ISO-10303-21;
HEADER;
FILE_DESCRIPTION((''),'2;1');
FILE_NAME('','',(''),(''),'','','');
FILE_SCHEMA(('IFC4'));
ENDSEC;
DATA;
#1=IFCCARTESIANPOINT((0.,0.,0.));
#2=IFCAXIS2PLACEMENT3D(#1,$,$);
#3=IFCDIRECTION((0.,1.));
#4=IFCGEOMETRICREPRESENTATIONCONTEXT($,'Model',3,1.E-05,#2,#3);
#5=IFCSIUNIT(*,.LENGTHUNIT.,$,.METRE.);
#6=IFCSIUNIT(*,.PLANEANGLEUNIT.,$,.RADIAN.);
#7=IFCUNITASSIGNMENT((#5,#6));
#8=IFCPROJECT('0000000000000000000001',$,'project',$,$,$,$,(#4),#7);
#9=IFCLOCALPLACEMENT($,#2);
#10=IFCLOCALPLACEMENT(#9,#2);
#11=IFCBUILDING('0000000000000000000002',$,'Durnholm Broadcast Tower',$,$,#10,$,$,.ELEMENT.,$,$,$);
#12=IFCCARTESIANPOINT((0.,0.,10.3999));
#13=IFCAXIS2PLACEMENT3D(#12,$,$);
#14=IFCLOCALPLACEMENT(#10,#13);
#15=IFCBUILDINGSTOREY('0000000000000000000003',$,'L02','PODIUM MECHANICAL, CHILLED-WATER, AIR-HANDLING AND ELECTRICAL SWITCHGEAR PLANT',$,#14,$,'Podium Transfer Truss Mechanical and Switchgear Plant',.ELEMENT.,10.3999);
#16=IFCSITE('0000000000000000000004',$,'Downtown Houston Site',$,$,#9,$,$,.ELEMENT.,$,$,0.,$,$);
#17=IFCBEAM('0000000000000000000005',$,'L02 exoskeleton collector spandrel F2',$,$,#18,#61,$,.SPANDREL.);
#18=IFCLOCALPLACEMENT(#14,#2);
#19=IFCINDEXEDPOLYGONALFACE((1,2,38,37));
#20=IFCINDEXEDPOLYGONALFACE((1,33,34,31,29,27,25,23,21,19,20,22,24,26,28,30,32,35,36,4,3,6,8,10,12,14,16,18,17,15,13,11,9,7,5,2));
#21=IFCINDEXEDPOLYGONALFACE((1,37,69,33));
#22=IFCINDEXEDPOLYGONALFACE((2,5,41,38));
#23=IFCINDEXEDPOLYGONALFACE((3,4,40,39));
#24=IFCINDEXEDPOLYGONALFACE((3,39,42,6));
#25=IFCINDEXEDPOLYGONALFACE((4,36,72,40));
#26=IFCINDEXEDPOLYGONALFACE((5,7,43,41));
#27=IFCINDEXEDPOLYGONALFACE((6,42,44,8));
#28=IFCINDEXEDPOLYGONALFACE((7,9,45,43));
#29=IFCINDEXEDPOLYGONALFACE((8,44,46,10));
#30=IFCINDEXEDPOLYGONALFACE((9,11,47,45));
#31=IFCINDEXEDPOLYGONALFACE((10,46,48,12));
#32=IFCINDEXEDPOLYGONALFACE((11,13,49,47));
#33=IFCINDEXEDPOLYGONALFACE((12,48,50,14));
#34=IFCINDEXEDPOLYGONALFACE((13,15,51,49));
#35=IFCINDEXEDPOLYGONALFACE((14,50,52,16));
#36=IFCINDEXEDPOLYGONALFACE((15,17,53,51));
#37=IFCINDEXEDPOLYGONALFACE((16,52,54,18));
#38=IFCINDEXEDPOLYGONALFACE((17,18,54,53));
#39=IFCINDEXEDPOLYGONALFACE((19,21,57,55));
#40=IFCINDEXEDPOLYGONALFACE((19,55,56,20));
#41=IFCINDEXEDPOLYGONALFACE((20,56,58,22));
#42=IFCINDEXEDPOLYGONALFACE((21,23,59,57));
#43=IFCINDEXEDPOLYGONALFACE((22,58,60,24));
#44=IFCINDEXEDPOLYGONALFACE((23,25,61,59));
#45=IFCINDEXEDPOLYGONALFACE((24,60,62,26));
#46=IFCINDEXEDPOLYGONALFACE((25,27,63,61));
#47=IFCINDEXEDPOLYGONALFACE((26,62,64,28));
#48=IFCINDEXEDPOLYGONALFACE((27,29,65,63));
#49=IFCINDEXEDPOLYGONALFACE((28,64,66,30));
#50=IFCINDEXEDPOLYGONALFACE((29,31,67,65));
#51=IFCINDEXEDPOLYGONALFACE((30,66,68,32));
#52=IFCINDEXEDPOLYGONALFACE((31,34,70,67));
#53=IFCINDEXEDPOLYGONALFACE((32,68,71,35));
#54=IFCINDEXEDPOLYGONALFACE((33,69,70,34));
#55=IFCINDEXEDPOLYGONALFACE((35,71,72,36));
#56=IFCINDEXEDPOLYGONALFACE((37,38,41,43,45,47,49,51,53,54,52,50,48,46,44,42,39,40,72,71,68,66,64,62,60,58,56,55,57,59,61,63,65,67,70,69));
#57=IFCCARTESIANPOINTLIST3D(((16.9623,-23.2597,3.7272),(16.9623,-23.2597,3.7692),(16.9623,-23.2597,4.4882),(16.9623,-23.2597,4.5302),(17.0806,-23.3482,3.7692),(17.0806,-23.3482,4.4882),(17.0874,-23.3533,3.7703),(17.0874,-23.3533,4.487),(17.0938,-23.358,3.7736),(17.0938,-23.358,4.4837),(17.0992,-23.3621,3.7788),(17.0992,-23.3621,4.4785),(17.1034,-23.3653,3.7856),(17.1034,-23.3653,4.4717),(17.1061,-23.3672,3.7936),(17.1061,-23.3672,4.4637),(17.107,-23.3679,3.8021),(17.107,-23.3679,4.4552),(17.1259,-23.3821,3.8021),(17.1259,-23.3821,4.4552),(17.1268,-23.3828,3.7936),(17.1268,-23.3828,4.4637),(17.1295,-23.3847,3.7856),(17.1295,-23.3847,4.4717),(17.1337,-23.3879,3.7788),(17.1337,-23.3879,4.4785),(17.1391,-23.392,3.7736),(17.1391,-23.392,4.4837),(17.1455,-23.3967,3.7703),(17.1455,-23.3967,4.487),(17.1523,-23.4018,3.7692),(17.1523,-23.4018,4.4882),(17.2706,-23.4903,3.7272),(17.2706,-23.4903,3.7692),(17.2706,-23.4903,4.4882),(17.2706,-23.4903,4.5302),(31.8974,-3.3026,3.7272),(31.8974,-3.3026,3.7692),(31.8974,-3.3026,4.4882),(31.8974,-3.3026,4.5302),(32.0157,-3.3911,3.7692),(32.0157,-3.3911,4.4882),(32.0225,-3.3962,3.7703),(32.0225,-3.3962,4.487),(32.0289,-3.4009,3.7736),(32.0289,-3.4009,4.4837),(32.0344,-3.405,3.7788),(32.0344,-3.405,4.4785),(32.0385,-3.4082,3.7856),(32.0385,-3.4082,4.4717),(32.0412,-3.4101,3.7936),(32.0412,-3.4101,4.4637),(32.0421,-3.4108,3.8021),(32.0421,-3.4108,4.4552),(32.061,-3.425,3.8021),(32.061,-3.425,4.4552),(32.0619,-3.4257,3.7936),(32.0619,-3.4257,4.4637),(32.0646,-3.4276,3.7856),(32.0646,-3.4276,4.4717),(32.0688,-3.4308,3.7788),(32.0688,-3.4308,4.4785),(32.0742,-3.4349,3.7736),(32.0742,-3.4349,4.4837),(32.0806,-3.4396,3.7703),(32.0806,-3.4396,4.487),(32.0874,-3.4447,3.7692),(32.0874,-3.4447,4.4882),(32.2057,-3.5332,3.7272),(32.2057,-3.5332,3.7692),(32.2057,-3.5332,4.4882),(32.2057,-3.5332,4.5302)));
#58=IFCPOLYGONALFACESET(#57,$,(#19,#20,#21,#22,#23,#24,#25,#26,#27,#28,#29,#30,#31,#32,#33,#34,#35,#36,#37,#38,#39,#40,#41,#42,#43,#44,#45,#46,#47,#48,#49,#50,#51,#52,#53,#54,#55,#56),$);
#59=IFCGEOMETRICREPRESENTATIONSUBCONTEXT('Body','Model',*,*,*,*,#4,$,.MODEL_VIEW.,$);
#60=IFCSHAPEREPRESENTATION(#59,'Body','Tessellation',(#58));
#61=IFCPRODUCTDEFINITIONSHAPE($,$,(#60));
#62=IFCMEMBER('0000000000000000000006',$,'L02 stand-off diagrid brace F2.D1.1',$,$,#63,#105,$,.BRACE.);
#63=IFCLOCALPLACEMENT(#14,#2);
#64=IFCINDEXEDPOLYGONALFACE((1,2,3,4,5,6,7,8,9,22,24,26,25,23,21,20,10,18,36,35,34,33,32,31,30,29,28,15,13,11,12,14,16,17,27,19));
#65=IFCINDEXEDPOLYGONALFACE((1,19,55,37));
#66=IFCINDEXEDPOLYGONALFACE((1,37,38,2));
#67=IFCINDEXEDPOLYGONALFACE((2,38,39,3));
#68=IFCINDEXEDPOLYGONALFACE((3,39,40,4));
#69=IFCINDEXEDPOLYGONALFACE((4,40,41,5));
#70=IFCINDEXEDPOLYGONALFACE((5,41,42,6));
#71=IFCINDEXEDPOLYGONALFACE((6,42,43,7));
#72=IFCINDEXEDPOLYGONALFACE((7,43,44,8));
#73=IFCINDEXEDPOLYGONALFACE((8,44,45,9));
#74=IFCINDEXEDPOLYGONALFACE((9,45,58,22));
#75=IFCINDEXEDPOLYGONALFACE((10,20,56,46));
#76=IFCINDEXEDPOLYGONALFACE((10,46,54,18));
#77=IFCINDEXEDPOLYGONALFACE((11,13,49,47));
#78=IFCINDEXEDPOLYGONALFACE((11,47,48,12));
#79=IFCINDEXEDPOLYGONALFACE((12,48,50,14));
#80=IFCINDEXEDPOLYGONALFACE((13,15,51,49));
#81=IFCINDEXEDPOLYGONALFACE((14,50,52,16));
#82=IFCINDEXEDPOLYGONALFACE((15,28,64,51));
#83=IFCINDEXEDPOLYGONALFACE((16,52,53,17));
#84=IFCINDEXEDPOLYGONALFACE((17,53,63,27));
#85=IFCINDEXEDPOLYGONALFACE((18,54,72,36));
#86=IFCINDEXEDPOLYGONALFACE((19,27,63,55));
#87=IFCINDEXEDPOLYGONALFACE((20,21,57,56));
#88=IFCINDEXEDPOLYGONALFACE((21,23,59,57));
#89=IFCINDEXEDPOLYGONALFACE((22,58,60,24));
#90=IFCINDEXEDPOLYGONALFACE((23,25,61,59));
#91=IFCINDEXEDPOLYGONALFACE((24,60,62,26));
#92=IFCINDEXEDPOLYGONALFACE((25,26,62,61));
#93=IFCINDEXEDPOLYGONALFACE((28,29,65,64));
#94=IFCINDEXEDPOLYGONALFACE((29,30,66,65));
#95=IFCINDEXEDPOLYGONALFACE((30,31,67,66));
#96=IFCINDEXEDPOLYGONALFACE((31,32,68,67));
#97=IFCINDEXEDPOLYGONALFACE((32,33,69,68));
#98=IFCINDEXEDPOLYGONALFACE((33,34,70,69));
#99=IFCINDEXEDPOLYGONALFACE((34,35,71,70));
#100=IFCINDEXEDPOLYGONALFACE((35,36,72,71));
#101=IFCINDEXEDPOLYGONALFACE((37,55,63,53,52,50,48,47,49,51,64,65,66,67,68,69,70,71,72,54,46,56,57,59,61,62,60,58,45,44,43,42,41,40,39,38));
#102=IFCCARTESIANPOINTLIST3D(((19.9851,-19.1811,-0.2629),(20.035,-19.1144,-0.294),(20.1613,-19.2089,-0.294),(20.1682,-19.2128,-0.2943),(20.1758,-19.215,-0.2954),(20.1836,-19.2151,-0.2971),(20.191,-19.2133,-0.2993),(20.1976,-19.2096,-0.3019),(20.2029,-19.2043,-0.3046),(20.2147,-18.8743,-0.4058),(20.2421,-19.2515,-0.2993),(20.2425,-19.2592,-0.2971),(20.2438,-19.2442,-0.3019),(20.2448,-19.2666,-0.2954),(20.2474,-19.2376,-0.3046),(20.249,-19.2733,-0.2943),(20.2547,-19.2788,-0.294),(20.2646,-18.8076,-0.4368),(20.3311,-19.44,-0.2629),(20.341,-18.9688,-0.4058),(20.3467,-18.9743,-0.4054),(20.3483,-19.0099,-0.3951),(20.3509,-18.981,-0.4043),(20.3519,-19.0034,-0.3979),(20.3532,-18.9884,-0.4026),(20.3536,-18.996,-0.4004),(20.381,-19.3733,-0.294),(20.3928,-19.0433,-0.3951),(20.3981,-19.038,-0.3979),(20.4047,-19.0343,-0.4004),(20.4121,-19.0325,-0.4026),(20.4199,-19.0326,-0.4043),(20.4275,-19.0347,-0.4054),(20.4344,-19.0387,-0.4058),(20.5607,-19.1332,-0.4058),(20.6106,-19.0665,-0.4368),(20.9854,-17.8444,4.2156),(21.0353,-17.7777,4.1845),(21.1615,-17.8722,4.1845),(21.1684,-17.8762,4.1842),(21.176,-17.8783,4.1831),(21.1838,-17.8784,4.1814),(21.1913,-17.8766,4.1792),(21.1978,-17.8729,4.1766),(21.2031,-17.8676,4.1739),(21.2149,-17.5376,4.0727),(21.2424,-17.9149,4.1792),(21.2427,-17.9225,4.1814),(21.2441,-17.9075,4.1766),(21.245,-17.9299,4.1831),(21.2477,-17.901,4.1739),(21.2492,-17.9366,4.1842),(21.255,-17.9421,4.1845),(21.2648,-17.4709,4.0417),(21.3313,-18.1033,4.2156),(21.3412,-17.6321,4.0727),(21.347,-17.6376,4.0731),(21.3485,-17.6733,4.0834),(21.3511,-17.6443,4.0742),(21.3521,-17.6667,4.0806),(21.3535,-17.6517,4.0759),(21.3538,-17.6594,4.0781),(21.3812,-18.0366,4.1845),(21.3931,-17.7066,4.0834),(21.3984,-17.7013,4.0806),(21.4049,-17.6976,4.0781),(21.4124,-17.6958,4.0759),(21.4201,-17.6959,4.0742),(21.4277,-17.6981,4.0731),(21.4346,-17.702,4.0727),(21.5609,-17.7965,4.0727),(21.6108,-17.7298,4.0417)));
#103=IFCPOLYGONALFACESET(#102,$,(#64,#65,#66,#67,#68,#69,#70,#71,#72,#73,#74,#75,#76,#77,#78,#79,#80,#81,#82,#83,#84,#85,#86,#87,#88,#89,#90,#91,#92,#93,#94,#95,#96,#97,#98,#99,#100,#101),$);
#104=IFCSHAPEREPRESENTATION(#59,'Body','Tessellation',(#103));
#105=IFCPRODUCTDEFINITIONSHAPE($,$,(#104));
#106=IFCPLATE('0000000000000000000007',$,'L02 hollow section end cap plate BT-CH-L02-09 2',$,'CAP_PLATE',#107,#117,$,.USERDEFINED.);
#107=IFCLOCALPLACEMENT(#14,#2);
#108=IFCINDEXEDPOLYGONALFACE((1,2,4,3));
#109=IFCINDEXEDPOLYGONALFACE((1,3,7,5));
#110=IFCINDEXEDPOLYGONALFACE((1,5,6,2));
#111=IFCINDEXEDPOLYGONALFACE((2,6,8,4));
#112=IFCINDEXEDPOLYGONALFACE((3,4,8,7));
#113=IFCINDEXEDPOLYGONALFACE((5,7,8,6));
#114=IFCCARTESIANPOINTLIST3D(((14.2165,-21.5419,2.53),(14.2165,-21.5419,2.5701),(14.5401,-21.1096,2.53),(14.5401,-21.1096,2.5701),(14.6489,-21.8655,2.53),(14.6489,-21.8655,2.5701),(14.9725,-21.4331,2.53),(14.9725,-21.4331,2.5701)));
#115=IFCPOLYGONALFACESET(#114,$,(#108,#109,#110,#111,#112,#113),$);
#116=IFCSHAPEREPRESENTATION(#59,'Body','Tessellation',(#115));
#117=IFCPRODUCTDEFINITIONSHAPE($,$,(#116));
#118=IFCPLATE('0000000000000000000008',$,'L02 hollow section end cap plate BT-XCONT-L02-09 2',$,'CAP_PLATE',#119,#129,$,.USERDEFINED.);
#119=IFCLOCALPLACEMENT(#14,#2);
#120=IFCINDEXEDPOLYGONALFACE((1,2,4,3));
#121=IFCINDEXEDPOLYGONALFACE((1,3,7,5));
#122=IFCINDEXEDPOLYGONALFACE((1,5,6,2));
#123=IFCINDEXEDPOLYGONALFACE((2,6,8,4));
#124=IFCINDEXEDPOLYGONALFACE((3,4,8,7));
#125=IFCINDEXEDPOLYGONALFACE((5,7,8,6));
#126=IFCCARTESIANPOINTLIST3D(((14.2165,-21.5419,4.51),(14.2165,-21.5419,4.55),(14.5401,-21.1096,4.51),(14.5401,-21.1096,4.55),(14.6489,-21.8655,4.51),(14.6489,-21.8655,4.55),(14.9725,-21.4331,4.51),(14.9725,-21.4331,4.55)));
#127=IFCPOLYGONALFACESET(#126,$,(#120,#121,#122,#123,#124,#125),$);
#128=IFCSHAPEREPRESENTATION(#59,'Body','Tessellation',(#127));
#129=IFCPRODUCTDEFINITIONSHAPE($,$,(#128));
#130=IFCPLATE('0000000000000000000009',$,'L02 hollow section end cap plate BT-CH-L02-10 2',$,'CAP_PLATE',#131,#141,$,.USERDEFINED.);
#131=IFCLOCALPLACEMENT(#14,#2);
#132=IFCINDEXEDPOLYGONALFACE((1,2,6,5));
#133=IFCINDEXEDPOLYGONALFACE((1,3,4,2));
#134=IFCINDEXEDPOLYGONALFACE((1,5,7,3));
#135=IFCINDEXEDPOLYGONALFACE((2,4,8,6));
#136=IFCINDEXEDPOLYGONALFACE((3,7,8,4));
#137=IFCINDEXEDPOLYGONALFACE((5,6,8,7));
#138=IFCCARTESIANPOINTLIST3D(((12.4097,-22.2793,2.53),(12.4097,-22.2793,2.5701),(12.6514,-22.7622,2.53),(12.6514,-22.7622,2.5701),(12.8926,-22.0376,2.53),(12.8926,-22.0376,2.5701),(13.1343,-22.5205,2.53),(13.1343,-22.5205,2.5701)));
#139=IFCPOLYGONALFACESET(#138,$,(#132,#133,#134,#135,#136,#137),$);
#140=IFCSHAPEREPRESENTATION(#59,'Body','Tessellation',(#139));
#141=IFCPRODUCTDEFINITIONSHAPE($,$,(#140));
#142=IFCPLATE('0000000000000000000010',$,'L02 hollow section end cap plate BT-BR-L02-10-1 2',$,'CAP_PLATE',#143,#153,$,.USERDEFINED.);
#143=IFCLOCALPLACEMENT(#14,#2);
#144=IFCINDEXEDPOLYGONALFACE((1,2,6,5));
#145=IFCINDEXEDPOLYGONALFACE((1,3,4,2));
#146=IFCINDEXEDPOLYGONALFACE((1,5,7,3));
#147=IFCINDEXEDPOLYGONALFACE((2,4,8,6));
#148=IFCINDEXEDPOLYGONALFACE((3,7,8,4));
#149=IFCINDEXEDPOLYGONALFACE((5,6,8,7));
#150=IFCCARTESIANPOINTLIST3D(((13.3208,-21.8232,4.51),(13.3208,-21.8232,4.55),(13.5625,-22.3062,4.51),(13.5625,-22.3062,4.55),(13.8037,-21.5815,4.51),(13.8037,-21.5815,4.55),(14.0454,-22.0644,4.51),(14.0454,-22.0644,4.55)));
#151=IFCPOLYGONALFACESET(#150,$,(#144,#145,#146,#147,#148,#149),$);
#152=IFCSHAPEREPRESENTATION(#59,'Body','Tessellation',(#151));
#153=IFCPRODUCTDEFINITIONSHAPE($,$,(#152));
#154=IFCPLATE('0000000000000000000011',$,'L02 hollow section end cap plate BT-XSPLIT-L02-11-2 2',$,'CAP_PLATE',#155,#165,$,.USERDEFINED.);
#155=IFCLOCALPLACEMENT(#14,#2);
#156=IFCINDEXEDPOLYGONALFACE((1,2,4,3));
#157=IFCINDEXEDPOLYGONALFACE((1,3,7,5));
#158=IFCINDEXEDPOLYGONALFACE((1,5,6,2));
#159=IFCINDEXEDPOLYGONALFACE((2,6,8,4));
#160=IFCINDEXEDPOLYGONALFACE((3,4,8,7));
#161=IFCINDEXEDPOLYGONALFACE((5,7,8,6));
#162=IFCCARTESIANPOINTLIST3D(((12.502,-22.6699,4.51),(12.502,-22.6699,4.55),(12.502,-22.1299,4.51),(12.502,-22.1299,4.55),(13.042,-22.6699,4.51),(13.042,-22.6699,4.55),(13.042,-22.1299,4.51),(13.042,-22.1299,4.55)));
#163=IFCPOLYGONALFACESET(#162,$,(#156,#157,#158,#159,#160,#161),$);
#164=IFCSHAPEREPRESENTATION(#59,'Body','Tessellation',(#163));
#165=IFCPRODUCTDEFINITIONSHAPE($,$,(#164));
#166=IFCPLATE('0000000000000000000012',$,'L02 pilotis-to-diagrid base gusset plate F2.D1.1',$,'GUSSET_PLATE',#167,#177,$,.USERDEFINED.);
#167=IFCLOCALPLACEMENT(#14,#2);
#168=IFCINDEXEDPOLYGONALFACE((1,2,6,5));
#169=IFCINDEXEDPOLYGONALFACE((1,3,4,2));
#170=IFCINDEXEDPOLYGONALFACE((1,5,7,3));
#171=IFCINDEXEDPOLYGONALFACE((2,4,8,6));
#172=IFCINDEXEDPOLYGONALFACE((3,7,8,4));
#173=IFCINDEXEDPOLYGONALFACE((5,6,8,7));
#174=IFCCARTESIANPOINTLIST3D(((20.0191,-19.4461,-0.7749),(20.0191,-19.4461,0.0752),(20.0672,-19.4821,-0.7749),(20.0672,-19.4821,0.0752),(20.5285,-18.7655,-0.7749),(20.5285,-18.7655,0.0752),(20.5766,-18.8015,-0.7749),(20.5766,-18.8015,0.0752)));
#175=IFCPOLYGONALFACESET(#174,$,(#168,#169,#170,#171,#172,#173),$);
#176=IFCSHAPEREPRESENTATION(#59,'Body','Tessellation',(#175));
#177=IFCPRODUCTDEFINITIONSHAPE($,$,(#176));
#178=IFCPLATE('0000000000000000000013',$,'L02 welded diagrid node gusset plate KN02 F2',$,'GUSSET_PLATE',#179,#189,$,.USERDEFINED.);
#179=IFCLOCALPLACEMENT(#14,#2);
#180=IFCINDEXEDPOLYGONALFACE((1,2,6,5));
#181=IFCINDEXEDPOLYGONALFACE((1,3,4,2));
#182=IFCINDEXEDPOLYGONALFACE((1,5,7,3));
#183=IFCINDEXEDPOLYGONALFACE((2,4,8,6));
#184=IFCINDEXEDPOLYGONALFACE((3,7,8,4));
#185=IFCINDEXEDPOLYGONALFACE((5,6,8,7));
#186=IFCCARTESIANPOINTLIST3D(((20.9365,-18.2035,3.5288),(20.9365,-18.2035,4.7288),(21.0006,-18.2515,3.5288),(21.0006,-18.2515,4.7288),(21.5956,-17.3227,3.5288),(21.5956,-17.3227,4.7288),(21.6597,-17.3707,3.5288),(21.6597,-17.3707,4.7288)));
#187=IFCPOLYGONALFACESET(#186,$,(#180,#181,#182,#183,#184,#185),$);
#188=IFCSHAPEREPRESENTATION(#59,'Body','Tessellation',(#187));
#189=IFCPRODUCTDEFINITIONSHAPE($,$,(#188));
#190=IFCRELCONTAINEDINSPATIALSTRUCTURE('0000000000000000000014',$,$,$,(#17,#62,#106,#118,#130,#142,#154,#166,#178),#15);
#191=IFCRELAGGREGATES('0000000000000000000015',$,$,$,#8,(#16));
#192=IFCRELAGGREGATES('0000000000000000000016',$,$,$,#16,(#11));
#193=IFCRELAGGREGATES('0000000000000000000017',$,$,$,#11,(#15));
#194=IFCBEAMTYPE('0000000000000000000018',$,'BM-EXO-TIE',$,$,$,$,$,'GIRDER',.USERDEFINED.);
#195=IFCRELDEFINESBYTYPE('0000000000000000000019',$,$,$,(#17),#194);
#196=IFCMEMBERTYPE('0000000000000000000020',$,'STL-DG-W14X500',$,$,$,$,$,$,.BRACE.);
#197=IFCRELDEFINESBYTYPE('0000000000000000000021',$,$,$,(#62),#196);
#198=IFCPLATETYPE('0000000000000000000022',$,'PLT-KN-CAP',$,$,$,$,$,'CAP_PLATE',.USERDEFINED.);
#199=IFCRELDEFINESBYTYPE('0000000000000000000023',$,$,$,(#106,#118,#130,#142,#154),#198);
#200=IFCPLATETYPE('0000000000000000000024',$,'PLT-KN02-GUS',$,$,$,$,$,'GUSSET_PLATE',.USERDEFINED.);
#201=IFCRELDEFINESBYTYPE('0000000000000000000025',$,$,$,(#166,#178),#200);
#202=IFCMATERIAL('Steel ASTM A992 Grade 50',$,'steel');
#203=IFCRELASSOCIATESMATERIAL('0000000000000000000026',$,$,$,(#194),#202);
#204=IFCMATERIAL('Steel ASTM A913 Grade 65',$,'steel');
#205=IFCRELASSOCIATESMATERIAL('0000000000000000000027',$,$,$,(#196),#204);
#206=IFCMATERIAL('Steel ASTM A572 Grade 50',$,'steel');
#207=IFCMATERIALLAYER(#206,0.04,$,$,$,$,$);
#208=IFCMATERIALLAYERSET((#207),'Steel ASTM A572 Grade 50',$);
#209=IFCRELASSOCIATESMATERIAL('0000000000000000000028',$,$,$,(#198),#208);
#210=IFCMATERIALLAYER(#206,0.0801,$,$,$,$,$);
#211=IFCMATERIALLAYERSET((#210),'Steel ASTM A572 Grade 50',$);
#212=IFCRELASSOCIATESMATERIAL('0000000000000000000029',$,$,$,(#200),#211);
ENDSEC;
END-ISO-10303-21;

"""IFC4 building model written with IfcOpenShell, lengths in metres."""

from ifc_helpers import new_model, si_unit, direction, frame, origin, origin_2d, place, context, subcontext, project, spatial, rectangle, i_section, extrude, source, transform, mapped, material, layer, layer_set, material_profile, profile_set, type_object, type_shapes, element, save


model = new_model("IFC4")

# Units and contexts
model_context = context("Model", 3, precision=1e-05, world=origin(), true_north=direction((0.0, 1.0)))
body_context = subcontext(model_context, "Body", "Model", "MODEL_VIEW")
ifc_project = project(units=[si_unit("LENGTHUNIT", "METRE"), si_unit("PLANEANGLEUNIT", "RADIAN")], contexts=[model_context])

# Site, building, storey
site_placement = place(None, origin())
site = spatial("IfcSite", under=ifc_project, at=site_placement, Name="Downtown Houston Site", CompositionType="ELEMENT", RefElevation=0.0)
building_placement = place(site_placement, origin())
building = spatial("IfcBuilding", under=site, at=building_placement, Name="Durnholm Broadcast Tower", CompositionType="ELEMENT")
storey_placement = place(building_placement, frame((0.0, 0.0, 10.3999)))
storey = spatial("IfcBuildingStorey", under=building, at=storey_placement, Name="L02", Description="PODIUM MECHANICAL, CHILLED-WATER, AIR-HANDLING AND ELECTRICAL SWITCHGEAR PLANT", LongName="Podium Transfer Truss Mechanical and Switchgear Plant", CompositionType="ELEMENT", Elevation=10.3999)

# Shared definitions
ifc_material_1 = material(Name="Steel ASTM A913 Grade 65", Category="steel")

# Shared definitions
ifc_material_2 = material(Name="Steel ASTM A992 Grade 50", Category="steel")

# Beam
ifc_material_profile_1 = material_profile(ifc_material_2, i_section(OverallWidth=0.385, OverallDepth=0.803, WebThickness=0.0237, FlangeThickness=0.042, FilletRadius=0.033, at=origin_2d()), Name="W30X261")
ifc_profile_set_1 = profile_set([ifc_material_profile_1], Name="Steel ASTM A992 Grade 50")
beam_type_1 = type_object("IfcBeamType", Name="BM-EXO-TIE", ElementType="GIRDER", PredefinedType="USERDEFINED", material=ifc_profile_set_1)
shared_shape_1 = source(origin(), body_context, "Body", "SweptSolid", [
    extrude(i_section(OverallWidth=0.385, OverallDepth=0.803, WebThickness=0.0237, FlangeThickness=0.042, FilletRadius=0.033, at=origin_2d()), origin(), (0.0, 0.0, 1.0), 24.9268),
])
beam_1_placement = place(storey_placement, frame((17.1165, -23.375, 4.1287), z_axis=(0.59916, 0.80063, 0.0), x_axis=(-0.80063, 0.59916, 0.0)))
element("IfcBeam", 1, at=beam_1_placement, inside=storey, type_object=beam_type_1, Name="L02 exoskeleton collector spandrel F2", PredefinedType="SPANDREL", context=body_context, shape_type="MappedRepresentation", body=[
    mapped(shared_shape_1, transform((0.0, 0.0, 0.0), x_axis=(1.0, 0.0, 0.0), y_axis=(0.0, 1.0, 0.0), z_axis=(0.0, 0.0, 1.0), scale=1.0)),
])

# Member
ifc_material_profile_2 = material_profile(ifc_material_1, i_section(OverallWidth=0.4321, OverallDepth=0.4978, WebThickness=0.0557, FlangeThickness=0.0889, FilletRadius=0.0305, at=origin_2d()), Name="W14X500")
ifc_profile_set_2 = profile_set([ifc_material_profile_2], Name="Steel ASTM A913 Grade 65")
member_type_1 = type_object("IfcMemberType", Name="STL-DG-W14X500", PredefinedType="BRACE", material=ifc_profile_set_2)
shared_shape_2 = source(origin(), body_context, "Body", "SweptSolid", [
    extrude(i_section(OverallWidth=0.4321, OverallDepth=0.4978, WebThickness=0.0557, FlangeThickness=0.0889, FilletRadius=0.0305, at=origin_2d()), origin(), (0.0, 0.0, 1.0), 4.7795),
])
type_shapes(member_type_1, [shared_shape_2])
member_1_placement = place(storey_placement, frame((20.2979, -19.1238, -0.3499), z_axis=(0.209275, 0.279663, 0.937013), x_axis=(-0.800649, 0.599134, 0.0)))
element("IfcMember", 2, at=member_1_placement, inside=storey, type_object=member_type_1, Name="L02 stand-off diagrid brace F2.D1.1", PredefinedType="BRACE", context=body_context, shape_type="MappedRepresentation", body=[
    mapped(shared_shape_2, transform((0.0, 0.0, 0.0), x_axis=(1.0, 0.0, 0.0), y_axis=(0.0, 1.0, 0.0), z_axis=(0.0, 0.0, 1.0), scale=1.0)),
])

# Plates
ifc_material_3 = material(Name="Steel ASTM A572 Grade 50", Category="steel")
ifc_layer_1 = layer(ifc_material_3, 0.04)
ifc_layer_set_1 = layer_set([ifc_layer_1], Name="Steel ASTM A572 Grade 50")
plate_type_1 = type_object("IfcPlateType", Name="PLT-KN-CAP", ElementType="CAP_PLATE", PredefinedType="USERDEFINED", material=ifc_layer_set_1)
shared_shape_3 = source(origin(), body_context, "Body", "SweptSolid", [
    extrude(rectangle(XDim=0.54, YDim=0.54, at=origin_2d()), origin(), (0.0, 0.0, 1.0), 0.04),
])
type_shapes(plate_type_1, [shared_shape_3])
for number, where, z_axis, x_axis, name in (
    (3, (14.5945, -21.4875, 2.53), (0.0, 0.0, 1.0), (-0.599163, -0.800627, 0.0), "L02 hollow section end cap plate BT-CH-L02-09 2"),
    (4, (14.5945, -21.4875, 4.51), (0.0, 0.0, 1.0), (-0.599163, -0.800627, 0.0), "L02 hollow section end cap plate BT-XCONT-L02-09 2"),
    (5, (12.772, -22.3999, 2.53), (0.0, 0.0, 1.0), (-0.894232, -0.447603, 0.0), "L02 hollow section end cap plate BT-CH-L02-10 2"),
    (6, (13.6831, -21.9438, 4.51), (0.0, 0.0, 1.0), (-0.894232, -0.447603, 0.0), "L02 hollow section end cap plate BT-BR-L02-10-1 2"),
    (7, (12.772, -22.3999, 4.51), (0.0, 0.0, 1.0), (1.0, 0.0, 0.0), "L02 hollow section end cap plate BT-XSPLIT-L02-11-2 2"),
):
    element("IfcPlate", number, at=place(storey_placement, frame(where, z_axis=z_axis, x_axis=x_axis)), inside=storey, type_object=plate_type_1, Name=name, ObjectType="CAP_PLATE", PredefinedType="USERDEFINED", context=body_context, shape_type="MappedRepresentation", body=[
        mapped(shared_shape_3, transform((0.0, 0.0, 0.0), x_axis=(1.0, 0.0, 0.0), y_axis=(0.0, 1.0, 0.0), z_axis=(0.0, 0.0, 1.0), scale=1.0)),
    ])
ifc_layer_2 = layer(ifc_material_3, 0.0801)
ifc_layer_set_2 = layer_set([ifc_layer_2], Name="Steel ASTM A572 Grade 50")
plate_type_2 = type_object("IfcPlateType", Name="PLT-KN02-GUS", ElementType="GUSSET_PLATE", PredefinedType="USERDEFINED", material=ifc_layer_set_2)
shared_shape_4 = source(origin(), body_context, "Body", "SweptSolid", [
    extrude(rectangle(XDim=0.8501, YDim=0.0601, at=origin_2d()), origin(), (0.0, 0.0, 1.0), 0.8501),
])
plate_1_placement = place(storey_placement, frame((20.2979, -19.1238, -0.7749), z_axis=(0.0, 0.0, 1.0), x_axis=(0.599163, 0.800627, 0.0)))
element("IfcPlate", 8, at=plate_1_placement, inside=storey, type_object=plate_type_2, Name="L02 pilotis-to-diagrid base gusset plate F2.D1.1", ObjectType="GUSSET_PLATE", PredefinedType="USERDEFINED", context=body_context, shape_type="MappedRepresentation", body=[
    mapped(shared_shape_4, transform((0.0, 0.0, 0.0), x_axis=(1.0, 0.0, 0.0), y_axis=(0.0, 1.0, 0.0), z_axis=(0.0, 0.0, 1.0), scale=1.0)),
])
shared_shape_5 = source(origin(), body_context, "Body", "SweptSolid", [
    extrude(rectangle(XDim=1.1001, YDim=0.0801, at=origin_2d()), origin(), (0.0, 0.0, 1.0), 1.2),
])
type_shapes(plate_type_2, [shared_shape_4, shared_shape_5])
plate_2_placement = place(storey_placement, frame((21.2981, -17.7871, 3.5288), z_axis=(0.0, 0.0, 1.0), x_axis=(0.599163, 0.800627, 0.0)))
element("IfcPlate", 9, at=plate_2_placement, inside=storey, type_object=plate_type_2, Name="L02 welded diagrid node gusset plate KN02 F2", ObjectType="GUSSET_PLATE", PredefinedType="USERDEFINED", context=body_context, shape_type="MappedRepresentation", body=[
    mapped(shared_shape_5, transform((0.0, 0.0, 0.0), x_axis=(1.0, 0.0, 0.0), y_axis=(0.0, 1.0, 0.0), z_axis=(0.0, 0.0, 1.0), scale=1.0)),
])

save(model, "model.ifc")
